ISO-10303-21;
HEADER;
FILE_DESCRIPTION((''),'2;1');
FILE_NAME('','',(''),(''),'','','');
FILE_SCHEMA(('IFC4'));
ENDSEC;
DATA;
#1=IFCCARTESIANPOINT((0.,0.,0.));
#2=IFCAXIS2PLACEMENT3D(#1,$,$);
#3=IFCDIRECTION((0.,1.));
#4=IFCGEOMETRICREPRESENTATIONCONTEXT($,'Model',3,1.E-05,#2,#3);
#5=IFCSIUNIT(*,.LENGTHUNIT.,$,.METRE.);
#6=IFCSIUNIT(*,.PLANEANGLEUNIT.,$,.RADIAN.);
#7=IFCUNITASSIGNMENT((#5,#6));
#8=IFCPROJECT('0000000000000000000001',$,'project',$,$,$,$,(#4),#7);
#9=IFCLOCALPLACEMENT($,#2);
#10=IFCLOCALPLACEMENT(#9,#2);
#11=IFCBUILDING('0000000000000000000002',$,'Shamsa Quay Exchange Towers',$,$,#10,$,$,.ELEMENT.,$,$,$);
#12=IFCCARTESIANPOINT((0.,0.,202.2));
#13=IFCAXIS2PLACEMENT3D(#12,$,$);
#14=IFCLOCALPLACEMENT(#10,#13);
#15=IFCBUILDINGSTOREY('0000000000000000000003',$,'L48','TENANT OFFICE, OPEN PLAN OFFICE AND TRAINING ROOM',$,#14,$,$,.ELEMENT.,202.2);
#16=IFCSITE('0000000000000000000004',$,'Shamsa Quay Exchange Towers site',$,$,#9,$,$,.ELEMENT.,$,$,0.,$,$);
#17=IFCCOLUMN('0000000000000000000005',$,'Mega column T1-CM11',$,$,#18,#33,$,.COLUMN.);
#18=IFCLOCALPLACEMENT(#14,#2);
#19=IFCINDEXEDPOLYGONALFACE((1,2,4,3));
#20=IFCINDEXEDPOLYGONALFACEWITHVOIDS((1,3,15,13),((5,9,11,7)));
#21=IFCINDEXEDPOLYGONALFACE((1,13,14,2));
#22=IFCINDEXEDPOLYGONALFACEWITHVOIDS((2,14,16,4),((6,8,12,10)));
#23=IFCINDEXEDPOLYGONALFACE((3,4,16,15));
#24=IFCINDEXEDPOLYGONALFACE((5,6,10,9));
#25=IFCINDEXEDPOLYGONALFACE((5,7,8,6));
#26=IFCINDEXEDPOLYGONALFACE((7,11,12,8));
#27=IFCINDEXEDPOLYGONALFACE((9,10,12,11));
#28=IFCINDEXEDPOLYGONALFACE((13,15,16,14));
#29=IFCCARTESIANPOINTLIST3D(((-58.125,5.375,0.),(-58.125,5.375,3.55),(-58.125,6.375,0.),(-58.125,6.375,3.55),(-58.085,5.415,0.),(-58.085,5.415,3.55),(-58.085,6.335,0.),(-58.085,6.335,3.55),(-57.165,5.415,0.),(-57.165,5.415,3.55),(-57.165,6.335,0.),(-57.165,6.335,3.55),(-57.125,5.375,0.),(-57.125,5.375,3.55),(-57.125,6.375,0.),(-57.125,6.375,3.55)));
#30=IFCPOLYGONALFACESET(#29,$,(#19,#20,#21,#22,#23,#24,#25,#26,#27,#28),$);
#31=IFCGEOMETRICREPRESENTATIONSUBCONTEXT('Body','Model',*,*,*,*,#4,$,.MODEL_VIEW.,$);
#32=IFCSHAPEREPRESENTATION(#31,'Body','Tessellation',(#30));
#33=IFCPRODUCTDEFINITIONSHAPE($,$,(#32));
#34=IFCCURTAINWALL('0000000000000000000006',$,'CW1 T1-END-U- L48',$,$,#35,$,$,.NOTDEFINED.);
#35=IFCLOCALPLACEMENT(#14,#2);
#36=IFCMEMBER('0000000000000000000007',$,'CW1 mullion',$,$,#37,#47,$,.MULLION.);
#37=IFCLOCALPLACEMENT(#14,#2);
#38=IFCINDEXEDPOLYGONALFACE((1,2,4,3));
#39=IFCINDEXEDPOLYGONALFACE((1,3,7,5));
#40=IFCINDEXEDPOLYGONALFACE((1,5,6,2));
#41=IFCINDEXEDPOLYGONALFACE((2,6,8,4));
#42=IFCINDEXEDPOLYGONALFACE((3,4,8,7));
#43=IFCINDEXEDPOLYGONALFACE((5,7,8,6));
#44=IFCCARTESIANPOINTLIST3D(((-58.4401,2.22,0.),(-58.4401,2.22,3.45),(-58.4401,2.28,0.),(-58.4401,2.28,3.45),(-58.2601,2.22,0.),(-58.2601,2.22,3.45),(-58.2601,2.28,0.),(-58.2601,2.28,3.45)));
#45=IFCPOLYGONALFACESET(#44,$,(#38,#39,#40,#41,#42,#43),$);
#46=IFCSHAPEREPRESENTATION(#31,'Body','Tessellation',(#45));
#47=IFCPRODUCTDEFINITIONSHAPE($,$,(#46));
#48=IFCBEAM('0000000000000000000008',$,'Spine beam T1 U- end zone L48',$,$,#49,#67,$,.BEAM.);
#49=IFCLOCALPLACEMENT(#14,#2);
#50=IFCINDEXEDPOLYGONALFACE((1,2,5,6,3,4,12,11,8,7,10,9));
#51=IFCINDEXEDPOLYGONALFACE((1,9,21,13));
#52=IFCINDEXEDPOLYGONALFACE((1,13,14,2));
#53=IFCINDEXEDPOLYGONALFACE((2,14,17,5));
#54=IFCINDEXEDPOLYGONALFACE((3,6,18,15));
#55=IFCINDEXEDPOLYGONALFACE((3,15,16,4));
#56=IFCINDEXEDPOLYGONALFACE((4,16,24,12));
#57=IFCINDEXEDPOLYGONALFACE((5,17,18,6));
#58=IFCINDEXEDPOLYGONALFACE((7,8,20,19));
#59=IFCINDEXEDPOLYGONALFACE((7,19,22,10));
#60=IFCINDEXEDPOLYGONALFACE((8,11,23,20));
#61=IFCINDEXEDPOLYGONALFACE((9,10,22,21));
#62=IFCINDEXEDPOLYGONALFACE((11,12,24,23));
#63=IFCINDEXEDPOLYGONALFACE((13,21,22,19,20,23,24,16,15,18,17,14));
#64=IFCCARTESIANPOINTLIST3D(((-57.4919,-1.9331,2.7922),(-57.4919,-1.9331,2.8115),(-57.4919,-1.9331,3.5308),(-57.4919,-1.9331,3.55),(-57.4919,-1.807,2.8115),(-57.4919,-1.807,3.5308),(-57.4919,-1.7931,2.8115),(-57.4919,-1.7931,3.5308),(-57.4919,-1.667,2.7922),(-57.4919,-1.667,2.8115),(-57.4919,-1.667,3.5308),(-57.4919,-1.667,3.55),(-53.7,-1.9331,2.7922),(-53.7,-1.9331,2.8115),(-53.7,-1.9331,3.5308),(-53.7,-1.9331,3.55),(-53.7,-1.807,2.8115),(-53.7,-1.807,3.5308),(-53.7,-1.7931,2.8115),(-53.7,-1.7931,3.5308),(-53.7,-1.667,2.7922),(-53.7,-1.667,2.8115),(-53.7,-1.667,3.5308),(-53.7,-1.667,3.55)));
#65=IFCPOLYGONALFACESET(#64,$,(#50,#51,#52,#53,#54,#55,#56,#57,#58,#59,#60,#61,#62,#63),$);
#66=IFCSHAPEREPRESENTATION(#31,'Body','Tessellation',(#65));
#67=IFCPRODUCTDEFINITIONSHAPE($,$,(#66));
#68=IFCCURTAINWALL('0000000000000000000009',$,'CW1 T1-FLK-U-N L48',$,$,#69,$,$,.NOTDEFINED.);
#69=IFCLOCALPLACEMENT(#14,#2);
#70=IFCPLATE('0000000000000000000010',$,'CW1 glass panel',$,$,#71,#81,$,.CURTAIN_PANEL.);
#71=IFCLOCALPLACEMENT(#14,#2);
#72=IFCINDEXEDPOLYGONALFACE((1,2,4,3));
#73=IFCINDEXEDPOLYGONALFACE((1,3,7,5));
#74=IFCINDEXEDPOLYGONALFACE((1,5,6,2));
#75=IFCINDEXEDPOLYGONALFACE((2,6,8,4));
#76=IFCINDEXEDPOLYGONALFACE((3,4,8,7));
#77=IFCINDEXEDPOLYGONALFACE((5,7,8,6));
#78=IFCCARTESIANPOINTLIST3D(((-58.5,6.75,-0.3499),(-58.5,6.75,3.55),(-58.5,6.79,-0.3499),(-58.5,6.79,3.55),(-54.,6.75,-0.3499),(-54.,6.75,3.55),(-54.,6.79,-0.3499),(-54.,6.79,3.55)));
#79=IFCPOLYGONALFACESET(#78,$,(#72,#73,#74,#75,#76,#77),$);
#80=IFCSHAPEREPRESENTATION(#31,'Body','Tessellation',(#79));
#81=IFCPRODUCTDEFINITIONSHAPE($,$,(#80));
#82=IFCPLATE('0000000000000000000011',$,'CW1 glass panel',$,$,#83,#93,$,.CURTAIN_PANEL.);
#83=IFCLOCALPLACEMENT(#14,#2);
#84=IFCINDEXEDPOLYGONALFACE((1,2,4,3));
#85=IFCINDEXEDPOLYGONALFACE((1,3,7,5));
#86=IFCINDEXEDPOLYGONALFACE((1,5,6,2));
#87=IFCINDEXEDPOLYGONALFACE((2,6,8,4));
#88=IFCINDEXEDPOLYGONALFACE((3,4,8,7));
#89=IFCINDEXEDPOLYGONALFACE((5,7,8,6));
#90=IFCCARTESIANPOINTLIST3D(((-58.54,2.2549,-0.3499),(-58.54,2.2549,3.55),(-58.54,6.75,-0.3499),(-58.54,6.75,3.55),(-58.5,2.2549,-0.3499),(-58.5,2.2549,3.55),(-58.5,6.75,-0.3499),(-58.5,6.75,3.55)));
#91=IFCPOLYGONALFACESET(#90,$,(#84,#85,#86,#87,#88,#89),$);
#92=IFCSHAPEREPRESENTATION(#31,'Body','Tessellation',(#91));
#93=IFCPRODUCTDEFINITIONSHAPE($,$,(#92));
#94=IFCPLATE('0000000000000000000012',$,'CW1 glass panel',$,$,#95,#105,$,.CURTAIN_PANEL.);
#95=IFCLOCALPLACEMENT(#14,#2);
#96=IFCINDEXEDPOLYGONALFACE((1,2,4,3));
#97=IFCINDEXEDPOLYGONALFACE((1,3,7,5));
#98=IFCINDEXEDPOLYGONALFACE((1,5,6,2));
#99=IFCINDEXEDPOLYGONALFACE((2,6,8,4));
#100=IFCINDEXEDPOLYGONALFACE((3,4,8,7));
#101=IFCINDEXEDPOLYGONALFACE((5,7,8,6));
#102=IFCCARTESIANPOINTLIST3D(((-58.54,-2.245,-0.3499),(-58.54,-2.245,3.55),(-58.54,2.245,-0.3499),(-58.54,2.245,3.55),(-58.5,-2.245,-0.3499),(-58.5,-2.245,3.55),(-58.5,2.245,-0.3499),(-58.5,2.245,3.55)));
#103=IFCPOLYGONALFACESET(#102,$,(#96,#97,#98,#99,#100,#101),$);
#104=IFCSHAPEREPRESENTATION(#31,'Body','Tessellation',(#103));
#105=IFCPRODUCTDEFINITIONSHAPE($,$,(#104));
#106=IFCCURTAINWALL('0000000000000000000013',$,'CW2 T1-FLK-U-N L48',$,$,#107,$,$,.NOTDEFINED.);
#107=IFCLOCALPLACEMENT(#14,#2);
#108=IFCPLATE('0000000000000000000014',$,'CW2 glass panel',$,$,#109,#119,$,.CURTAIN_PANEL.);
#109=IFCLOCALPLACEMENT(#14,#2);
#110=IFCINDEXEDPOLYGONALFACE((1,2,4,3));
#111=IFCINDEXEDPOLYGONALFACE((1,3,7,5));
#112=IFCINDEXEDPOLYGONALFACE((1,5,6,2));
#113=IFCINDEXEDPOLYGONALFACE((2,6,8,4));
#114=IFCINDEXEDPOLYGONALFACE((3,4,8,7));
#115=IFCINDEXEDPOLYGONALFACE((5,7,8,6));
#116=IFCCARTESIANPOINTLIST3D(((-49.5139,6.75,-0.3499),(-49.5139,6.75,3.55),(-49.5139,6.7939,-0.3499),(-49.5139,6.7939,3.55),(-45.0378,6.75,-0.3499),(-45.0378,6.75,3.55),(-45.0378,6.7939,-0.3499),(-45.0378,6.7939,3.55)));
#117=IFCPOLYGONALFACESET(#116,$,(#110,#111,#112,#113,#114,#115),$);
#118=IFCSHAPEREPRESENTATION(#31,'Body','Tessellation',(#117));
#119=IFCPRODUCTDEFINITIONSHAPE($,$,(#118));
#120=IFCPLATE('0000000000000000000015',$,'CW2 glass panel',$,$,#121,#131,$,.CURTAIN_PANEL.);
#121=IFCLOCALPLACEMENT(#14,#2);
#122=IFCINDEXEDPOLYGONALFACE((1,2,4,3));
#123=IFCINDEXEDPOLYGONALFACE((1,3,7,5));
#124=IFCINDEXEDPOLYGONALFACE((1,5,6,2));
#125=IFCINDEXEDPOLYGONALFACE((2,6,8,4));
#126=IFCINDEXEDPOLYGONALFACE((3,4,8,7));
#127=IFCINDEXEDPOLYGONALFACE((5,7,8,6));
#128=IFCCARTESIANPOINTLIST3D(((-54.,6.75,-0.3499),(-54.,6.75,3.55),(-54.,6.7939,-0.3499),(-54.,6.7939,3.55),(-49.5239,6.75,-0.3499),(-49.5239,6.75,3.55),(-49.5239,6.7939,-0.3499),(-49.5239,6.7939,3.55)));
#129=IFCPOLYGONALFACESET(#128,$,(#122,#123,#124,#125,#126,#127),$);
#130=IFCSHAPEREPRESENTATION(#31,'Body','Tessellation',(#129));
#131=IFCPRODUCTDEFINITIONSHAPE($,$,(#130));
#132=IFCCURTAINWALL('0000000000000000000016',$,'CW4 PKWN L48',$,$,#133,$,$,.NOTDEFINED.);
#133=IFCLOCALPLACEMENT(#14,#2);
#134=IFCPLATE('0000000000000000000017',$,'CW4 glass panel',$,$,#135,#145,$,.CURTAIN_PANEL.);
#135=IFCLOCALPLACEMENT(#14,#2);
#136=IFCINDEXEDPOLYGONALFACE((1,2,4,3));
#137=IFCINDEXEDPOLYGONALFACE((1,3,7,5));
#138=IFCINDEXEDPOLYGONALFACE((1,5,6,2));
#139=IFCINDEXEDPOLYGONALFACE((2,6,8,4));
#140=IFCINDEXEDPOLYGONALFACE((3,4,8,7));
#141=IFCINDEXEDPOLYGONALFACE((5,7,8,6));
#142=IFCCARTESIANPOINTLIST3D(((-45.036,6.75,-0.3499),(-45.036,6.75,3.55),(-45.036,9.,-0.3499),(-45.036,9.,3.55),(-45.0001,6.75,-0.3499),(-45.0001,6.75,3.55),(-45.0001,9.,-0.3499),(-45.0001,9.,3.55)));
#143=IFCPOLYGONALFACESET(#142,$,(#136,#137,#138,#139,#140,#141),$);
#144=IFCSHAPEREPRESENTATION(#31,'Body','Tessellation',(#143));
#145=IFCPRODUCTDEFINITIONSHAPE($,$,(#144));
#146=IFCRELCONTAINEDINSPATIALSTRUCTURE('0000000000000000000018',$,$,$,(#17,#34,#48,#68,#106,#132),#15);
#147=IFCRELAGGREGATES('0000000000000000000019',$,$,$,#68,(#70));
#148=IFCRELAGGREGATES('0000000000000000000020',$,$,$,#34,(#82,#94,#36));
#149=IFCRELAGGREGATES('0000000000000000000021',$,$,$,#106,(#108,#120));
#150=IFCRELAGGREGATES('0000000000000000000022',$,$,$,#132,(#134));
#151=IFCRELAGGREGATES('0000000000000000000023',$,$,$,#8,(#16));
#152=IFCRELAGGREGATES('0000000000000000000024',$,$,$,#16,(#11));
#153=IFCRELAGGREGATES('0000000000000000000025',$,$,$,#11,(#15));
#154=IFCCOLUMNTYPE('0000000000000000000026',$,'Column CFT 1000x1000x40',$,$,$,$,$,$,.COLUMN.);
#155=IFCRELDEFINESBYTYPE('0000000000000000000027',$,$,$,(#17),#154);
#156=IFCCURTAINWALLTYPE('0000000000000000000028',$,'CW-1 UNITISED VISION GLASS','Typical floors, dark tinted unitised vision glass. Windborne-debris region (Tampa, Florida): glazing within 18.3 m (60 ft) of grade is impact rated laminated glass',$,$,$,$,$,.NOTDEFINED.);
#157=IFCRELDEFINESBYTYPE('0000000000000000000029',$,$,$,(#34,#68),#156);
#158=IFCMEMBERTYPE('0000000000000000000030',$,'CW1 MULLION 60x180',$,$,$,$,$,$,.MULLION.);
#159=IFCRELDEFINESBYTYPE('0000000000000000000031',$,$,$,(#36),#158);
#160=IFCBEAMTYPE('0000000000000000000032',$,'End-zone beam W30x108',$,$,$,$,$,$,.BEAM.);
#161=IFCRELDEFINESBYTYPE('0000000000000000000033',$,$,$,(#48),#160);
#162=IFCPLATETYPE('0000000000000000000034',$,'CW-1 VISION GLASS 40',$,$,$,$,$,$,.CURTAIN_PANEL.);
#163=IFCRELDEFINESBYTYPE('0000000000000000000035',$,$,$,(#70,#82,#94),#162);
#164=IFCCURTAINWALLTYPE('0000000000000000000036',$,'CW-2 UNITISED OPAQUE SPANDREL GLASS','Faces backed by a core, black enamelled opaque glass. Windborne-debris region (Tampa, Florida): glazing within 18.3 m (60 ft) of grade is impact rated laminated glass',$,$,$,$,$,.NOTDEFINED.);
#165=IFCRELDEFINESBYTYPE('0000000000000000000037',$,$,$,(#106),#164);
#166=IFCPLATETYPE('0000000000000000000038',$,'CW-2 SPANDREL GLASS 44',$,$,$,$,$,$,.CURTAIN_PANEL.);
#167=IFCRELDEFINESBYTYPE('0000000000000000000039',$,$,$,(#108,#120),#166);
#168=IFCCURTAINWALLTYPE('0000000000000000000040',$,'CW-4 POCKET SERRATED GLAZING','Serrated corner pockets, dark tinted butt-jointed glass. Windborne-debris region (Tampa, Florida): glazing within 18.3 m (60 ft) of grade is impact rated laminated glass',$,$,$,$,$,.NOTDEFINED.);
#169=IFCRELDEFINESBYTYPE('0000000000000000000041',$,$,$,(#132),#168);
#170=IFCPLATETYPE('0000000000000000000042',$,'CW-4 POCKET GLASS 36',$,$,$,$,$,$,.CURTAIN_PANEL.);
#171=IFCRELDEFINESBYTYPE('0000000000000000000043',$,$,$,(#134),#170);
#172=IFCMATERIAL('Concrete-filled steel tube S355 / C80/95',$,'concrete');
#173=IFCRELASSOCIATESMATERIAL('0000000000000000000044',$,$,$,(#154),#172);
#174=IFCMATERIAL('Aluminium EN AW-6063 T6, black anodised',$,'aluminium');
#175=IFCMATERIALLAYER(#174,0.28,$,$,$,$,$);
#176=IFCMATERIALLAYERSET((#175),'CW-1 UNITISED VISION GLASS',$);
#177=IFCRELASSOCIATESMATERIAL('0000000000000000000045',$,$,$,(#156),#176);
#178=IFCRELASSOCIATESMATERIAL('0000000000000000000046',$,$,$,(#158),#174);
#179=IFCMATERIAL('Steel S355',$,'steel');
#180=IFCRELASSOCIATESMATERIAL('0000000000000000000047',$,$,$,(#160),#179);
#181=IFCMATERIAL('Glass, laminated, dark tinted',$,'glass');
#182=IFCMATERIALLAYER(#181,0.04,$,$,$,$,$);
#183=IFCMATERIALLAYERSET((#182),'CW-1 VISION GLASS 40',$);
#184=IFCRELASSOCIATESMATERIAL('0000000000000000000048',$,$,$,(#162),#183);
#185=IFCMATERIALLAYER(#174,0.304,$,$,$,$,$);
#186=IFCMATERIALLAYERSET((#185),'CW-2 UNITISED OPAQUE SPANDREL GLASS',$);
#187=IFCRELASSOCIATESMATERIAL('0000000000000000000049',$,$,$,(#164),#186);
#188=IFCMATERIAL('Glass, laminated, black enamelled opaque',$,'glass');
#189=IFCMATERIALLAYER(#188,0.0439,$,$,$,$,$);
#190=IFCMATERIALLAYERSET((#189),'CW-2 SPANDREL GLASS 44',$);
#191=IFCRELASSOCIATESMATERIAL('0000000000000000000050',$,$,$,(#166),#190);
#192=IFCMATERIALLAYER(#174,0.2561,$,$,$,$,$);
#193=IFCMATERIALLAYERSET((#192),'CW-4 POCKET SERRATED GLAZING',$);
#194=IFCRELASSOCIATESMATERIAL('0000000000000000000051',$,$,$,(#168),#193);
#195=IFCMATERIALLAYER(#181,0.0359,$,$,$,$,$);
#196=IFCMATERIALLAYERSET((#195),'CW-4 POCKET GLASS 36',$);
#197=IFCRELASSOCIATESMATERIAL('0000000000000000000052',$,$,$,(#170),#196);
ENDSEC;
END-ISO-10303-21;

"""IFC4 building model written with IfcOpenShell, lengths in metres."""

from ifc_helpers import new_model, si_unit, direction, frame, origin, origin_2d, place, context, subcontext, project, spatial, rectangle, hollow_rectangle, i_section, extrude, material, layer, layer_set, material_profile, profile_set, type_object, element, aggregate, save


model = new_model("IFC4")

# Units and contexts
model_context = context("Model", 3, precision=1e-05, world=origin(), true_north=direction((0.0, 1.0)))
body_context = subcontext(model_context, "Body", "Model", "MODEL_VIEW")
ifc_project = project(units=[si_unit("LENGTHUNIT", "METRE"), si_unit("PLANEANGLEUNIT", "RADIAN")], contexts=[model_context])

# Site, building, storey
site_placement = place(None, origin())
site = spatial("IfcSite", under=ifc_project, at=site_placement, Name="Shamsa Quay Exchange Towers site", CompositionType="ELEMENT", RefElevation=0.0)
building_placement = place(site_placement, origin())
building = spatial("IfcBuilding", under=site, at=building_placement, Name="Shamsa Quay Exchange Towers", CompositionType="ELEMENT")
storey_placement = place(building_placement, frame((0.0, 0.0, 202.2)))
storey = spatial("IfcBuildingStorey", under=building, at=storey_placement, Name="L48", Description="TENANT OFFICE, OPEN PLAN OFFICE AND TRAINING ROOM", CompositionType="ELEMENT", Elevation=202.2)

# Column
ifc_material_1 = material(Name="Concrete-filled steel tube S355 / C80/95", Category="concrete")
ifc_material_profile_1 = material_profile(ifc_material_1, hollow_rectangle(XDim=1.0, YDim=1.0, WallThickness=0.04, at=origin_2d()), Name="CFT 1000x1000x40")
ifc_profile_set_1 = profile_set([ifc_material_profile_1], Name="Concrete-filled steel tube S355 / C80/95")
column_type = type_object("IfcColumnType", Name="Column CFT 1000x1000x40", PredefinedType="COLUMN", material=ifc_profile_set_1)
column_placement = place(storey_placement, frame((-57.625, 5.875, 0.0)))
element("IfcColumn", 1, at=column_placement, inside=storey, type_object=column_type, Name="Mega column T1-CM11", PredefinedType="COLUMN", context=body_context, shape_type="SweptSolid", body=[
    extrude(hollow_rectangle(XDim=1.0, YDim=1.0, WallThickness=0.04, at=origin_2d()), origin(), (0.0, 0.0, 1.0), 3.55),
])

# Curtain wall, member
ifc_material_2 = material(Name="Aluminium EN AW-6063 T6, black anodised", Category="aluminium")
ifc_layer_1 = layer(ifc_material_2, 0.28)
ifc_layer_set_1 = layer_set([ifc_layer_1], Name="CW-1 UNITISED VISION GLASS")
curtain_wall_type_1 = type_object("IfcCurtainWallType", Name="CW-1 UNITISED VISION GLASS", Description="Typical floors, dark tinted unitised vision glass. Windborne-debris region (Tampa, Florida): glazing within 18.3 m (60 ft) of grade is impact rated laminated glass", PredefinedType="NOTDEFINED", material=ifc_layer_set_1)
curtain_wall_1_placement = place(storey_placement, origin())
curtain_wall_1 = element("IfcCurtainWall", 2, at=curtain_wall_1_placement, inside=storey, type_object=curtain_wall_type_1, Name="CW1 T1-END-U- L48", PredefinedType="NOTDEFINED")
ifc_material_profile_2 = material_profile(ifc_material_2, rectangle(XDim=0.1799, YDim=0.0601, at=origin_2d()), Name="MU60x180")
ifc_profile_set_2 = profile_set([ifc_material_profile_2], Name="Aluminium EN AW-6063 T6, black anodised")
member_type = type_object("IfcMemberType", Name="CW1 MULLION 60x180", PredefinedType="MULLION", material=ifc_profile_set_2)
member_placement = place(storey_placement, frame((-58.3501, 2.25, 0.0)))
member = element("IfcMember", 3, at=member_placement, type_object=member_type, Name="CW1 mullion", PredefinedType="MULLION", context=body_context, shape_type="SweptSolid", body=[
    extrude(rectangle(XDim=0.1799, YDim=0.0601, at=origin_2d()), origin(), (0.0, 0.0, 1.0), 3.45),
])

# Beam
ifc_material_3 = material(Name="Steel S355", Category="steel")
ifc_material_profile_3 = material_profile(ifc_material_3, i_section(OverallWidth=0.2661, OverallDepth=0.7578, WebThickness=0.0139, FlangeThickness=0.0193, at=origin_2d()), Name="W30x108")
ifc_profile_set_3 = profile_set([ifc_material_profile_3], Name="Steel S355")
beam_type = type_object("IfcBeamType", Name="End-zone beam W30x108", PredefinedType="BEAM", material=ifc_profile_set_3)
beam_placement = place(storey_placement, frame((-53.7, -1.8, 3.1711), z_axis=(-1.0, 0.0, 0.0), x_axis=(0.0, -1.0, 0.0)))
element("IfcBeam", 4, at=beam_placement, inside=storey, type_object=beam_type, Name="Spine beam T1 U- end zone L48", PredefinedType="BEAM", context=body_context, shape_type="SweptSolid", body=[
    extrude(i_section(OverallWidth=0.2661, OverallDepth=0.7578, WebThickness=0.0139, FlangeThickness=0.0193, at=origin_2d()), origin(), (0.0, 0.0, 1.0), 3.792),
])

# Curtain wall, plate
curtain_wall_2_placement = place(storey_placement, origin())
curtain_wall_2 = element("IfcCurtainWall", 5, at=curtain_wall_2_placement, inside=storey, type_object=curtain_wall_type_1, Name="CW1 T1-FLK-U-N L48", PredefinedType="NOTDEFINED")
ifc_material_4 = material(Name="Glass, laminated, dark tinted", Category="glass")
ifc_layer_2 = layer(ifc_material_4, 0.04)
ifc_layer_set_2 = layer_set([ifc_layer_2], Name="CW-1 VISION GLASS 40")
plate_type_1 = type_object("IfcPlateType", Name="CW-1 VISION GLASS 40", PredefinedType="CURTAIN_PANEL", material=ifc_layer_set_2)
plate_1_placement = place(storey_placement, frame((-56.25, 6.77, -0.3499), z_axis=(0.0, 0.0, 1.0), x_axis=(-1.0, 0.0, 0.0)))
plate_1 = element("IfcPlate", 6, at=plate_1_placement, type_object=plate_type_1, Name="CW1 glass panel", PredefinedType="CURTAIN_PANEL", context=body_context, shape_type="SweptSolid", body=[
    extrude(rectangle(XDim=4.5, YDim=0.04, at=origin_2d()), origin(), (0.0, 0.0, 1.0), 3.8999),
])
aggregate(curtain_wall_2, [plate_1])

# Plates
plate_2_placement = place(storey_placement, frame((-58.52, 4.5024, -0.3499), z_axis=(0.0, 0.0, 1.0), x_axis=(0.0, -1.0, 0.0)))
plate_2 = element("IfcPlate", 7, at=plate_2_placement, type_object=plate_type_1, Name="CW1 glass panel", PredefinedType="CURTAIN_PANEL", context=body_context, shape_type="SweptSolid", body=[
    extrude(rectangle(XDim=4.4951, YDim=0.04, at=origin_2d()), origin(), (0.0, 0.0, 1.0), 3.8999),
])
plate_3_placement = place(storey_placement, frame((-58.52, 0.0, -0.3499), z_axis=(0.0, 0.0, 1.0), x_axis=(0.0, -1.0, 0.0)))
plate_3 = element("IfcPlate", 8, at=plate_3_placement, type_object=plate_type_1, Name="CW1 glass panel", PredefinedType="CURTAIN_PANEL", context=body_context, shape_type="SweptSolid", body=[
    extrude(rectangle(XDim=4.49, YDim=0.04, at=origin_2d()), origin(), (0.0, 0.0, 1.0), 3.8999),
])
aggregate(curtain_wall_1, [plate_2, plate_3, member])

# Curtain wall, plates
ifc_layer_3 = layer(ifc_material_2, 0.304)
ifc_layer_set_3 = layer_set([ifc_layer_3], Name="CW-2 UNITISED OPAQUE SPANDREL GLASS")
curtain_wall_type_2 = type_object("IfcCurtainWallType", Name="CW-2 UNITISED OPAQUE SPANDREL GLASS", Description="Faces backed by a core, black enamelled opaque glass. Windborne-debris region (Tampa, Florida): glazing within 18.3 m (60 ft) of grade is impact rated laminated glass", PredefinedType="NOTDEFINED", material=ifc_layer_set_3)
curtain_wall_3_placement = place(storey_placement, origin())
curtain_wall_3 = element("IfcCurtainWall", 9, at=curtain_wall_3_placement, inside=storey, type_object=curtain_wall_type_2, Name="CW2 T1-FLK-U-N L48", PredefinedType="NOTDEFINED")
ifc_material_5 = material(Name="Glass, laminated, black enamelled opaque", Category="glass")
ifc_layer_4 = layer(ifc_material_5, 0.0439)
ifc_layer_set_4 = layer_set([ifc_layer_4], Name="CW-2 SPANDREL GLASS 44")
plate_type_2 = type_object("IfcPlateType", Name="CW-2 SPANDREL GLASS 44", PredefinedType="CURTAIN_PANEL", material=ifc_layer_set_4)
plate_4_placement = place(storey_placement, frame((-47.2759, 6.772, -0.3499), z_axis=(0.0, 0.0, 1.0), x_axis=(-1.0, 0.0, 0.0)))
plate_4 = element("IfcPlate", 10, at=plate_4_placement, type_object=plate_type_2, Name="CW2 glass panel", PredefinedType="CURTAIN_PANEL", context=body_context, shape_type="SweptSolid", body=[
    extrude(rectangle(XDim=4.4761, YDim=0.0439, at=origin_2d()), origin(), (0.0, 0.0, 1.0), 3.8999),
])
plate_5_placement = place(storey_placement, frame((-51.762, 6.772, -0.3499), z_axis=(0.0, 0.0, 1.0), x_axis=(-1.0, 0.0, 0.0)))
plate_5 = element("IfcPlate", 11, at=plate_5_placement, type_object=plate_type_2, Name="CW2 glass panel", PredefinedType="CURTAIN_PANEL", context=body_context, shape_type="SweptSolid", body=[
    extrude(rectangle(XDim=4.4761, YDim=0.0439, at=origin_2d()), origin(), (0.0, 0.0, 1.0), 3.8999),
])
aggregate(curtain_wall_3, [plate_4, plate_5])

# Curtain wall, plate
ifc_layer_5 = layer(ifc_material_2, 0.2561)
ifc_layer_set_5 = layer_set([ifc_layer_5], Name="CW-4 POCKET SERRATED GLAZING")
curtain_wall_type_3 = type_object("IfcCurtainWallType", Name="CW-4 POCKET SERRATED GLAZING", Description="Serrated corner pockets, dark tinted butt-jointed glass. Windborne-debris region (Tampa, Florida): glazing within 18.3 m (60 ft) of grade is impact rated laminated glass", PredefinedType="NOTDEFINED", material=ifc_layer_set_5)
curtain_wall_4_placement = place(storey_placement, origin())
curtain_wall_4 = element("IfcCurtainWall", 12, at=curtain_wall_4_placement, inside=storey, type_object=curtain_wall_type_3, Name="CW4 PKWN L48", PredefinedType="NOTDEFINED")
ifc_layer_6 = layer(ifc_material_4, 0.0359)
ifc_layer_set_6 = layer_set([ifc_layer_6], Name="CW-4 POCKET GLASS 36")
plate_type_3 = type_object("IfcPlateType", Name="CW-4 POCKET GLASS 36", PredefinedType="CURTAIN_PANEL", material=ifc_layer_set_6)
plate_6_placement = place(storey_placement, frame((-45.0181, 7.875, -0.3499), z_axis=(0.0, 0.0, 1.0), x_axis=(0.0, -1.0, 0.0)))
plate_6 = element("IfcPlate", 13, at=plate_6_placement, type_object=plate_type_3, Name="CW4 glass panel", PredefinedType="CURTAIN_PANEL", context=body_context, shape_type="SweptSolid", body=[
    extrude(rectangle(XDim=2.25, YDim=0.0359, at=origin_2d()), origin(), (0.0, 0.0, 1.0), 3.8999),
])
aggregate(curtain_wall_4, [plate_6])

save(model, "model.ifc")
